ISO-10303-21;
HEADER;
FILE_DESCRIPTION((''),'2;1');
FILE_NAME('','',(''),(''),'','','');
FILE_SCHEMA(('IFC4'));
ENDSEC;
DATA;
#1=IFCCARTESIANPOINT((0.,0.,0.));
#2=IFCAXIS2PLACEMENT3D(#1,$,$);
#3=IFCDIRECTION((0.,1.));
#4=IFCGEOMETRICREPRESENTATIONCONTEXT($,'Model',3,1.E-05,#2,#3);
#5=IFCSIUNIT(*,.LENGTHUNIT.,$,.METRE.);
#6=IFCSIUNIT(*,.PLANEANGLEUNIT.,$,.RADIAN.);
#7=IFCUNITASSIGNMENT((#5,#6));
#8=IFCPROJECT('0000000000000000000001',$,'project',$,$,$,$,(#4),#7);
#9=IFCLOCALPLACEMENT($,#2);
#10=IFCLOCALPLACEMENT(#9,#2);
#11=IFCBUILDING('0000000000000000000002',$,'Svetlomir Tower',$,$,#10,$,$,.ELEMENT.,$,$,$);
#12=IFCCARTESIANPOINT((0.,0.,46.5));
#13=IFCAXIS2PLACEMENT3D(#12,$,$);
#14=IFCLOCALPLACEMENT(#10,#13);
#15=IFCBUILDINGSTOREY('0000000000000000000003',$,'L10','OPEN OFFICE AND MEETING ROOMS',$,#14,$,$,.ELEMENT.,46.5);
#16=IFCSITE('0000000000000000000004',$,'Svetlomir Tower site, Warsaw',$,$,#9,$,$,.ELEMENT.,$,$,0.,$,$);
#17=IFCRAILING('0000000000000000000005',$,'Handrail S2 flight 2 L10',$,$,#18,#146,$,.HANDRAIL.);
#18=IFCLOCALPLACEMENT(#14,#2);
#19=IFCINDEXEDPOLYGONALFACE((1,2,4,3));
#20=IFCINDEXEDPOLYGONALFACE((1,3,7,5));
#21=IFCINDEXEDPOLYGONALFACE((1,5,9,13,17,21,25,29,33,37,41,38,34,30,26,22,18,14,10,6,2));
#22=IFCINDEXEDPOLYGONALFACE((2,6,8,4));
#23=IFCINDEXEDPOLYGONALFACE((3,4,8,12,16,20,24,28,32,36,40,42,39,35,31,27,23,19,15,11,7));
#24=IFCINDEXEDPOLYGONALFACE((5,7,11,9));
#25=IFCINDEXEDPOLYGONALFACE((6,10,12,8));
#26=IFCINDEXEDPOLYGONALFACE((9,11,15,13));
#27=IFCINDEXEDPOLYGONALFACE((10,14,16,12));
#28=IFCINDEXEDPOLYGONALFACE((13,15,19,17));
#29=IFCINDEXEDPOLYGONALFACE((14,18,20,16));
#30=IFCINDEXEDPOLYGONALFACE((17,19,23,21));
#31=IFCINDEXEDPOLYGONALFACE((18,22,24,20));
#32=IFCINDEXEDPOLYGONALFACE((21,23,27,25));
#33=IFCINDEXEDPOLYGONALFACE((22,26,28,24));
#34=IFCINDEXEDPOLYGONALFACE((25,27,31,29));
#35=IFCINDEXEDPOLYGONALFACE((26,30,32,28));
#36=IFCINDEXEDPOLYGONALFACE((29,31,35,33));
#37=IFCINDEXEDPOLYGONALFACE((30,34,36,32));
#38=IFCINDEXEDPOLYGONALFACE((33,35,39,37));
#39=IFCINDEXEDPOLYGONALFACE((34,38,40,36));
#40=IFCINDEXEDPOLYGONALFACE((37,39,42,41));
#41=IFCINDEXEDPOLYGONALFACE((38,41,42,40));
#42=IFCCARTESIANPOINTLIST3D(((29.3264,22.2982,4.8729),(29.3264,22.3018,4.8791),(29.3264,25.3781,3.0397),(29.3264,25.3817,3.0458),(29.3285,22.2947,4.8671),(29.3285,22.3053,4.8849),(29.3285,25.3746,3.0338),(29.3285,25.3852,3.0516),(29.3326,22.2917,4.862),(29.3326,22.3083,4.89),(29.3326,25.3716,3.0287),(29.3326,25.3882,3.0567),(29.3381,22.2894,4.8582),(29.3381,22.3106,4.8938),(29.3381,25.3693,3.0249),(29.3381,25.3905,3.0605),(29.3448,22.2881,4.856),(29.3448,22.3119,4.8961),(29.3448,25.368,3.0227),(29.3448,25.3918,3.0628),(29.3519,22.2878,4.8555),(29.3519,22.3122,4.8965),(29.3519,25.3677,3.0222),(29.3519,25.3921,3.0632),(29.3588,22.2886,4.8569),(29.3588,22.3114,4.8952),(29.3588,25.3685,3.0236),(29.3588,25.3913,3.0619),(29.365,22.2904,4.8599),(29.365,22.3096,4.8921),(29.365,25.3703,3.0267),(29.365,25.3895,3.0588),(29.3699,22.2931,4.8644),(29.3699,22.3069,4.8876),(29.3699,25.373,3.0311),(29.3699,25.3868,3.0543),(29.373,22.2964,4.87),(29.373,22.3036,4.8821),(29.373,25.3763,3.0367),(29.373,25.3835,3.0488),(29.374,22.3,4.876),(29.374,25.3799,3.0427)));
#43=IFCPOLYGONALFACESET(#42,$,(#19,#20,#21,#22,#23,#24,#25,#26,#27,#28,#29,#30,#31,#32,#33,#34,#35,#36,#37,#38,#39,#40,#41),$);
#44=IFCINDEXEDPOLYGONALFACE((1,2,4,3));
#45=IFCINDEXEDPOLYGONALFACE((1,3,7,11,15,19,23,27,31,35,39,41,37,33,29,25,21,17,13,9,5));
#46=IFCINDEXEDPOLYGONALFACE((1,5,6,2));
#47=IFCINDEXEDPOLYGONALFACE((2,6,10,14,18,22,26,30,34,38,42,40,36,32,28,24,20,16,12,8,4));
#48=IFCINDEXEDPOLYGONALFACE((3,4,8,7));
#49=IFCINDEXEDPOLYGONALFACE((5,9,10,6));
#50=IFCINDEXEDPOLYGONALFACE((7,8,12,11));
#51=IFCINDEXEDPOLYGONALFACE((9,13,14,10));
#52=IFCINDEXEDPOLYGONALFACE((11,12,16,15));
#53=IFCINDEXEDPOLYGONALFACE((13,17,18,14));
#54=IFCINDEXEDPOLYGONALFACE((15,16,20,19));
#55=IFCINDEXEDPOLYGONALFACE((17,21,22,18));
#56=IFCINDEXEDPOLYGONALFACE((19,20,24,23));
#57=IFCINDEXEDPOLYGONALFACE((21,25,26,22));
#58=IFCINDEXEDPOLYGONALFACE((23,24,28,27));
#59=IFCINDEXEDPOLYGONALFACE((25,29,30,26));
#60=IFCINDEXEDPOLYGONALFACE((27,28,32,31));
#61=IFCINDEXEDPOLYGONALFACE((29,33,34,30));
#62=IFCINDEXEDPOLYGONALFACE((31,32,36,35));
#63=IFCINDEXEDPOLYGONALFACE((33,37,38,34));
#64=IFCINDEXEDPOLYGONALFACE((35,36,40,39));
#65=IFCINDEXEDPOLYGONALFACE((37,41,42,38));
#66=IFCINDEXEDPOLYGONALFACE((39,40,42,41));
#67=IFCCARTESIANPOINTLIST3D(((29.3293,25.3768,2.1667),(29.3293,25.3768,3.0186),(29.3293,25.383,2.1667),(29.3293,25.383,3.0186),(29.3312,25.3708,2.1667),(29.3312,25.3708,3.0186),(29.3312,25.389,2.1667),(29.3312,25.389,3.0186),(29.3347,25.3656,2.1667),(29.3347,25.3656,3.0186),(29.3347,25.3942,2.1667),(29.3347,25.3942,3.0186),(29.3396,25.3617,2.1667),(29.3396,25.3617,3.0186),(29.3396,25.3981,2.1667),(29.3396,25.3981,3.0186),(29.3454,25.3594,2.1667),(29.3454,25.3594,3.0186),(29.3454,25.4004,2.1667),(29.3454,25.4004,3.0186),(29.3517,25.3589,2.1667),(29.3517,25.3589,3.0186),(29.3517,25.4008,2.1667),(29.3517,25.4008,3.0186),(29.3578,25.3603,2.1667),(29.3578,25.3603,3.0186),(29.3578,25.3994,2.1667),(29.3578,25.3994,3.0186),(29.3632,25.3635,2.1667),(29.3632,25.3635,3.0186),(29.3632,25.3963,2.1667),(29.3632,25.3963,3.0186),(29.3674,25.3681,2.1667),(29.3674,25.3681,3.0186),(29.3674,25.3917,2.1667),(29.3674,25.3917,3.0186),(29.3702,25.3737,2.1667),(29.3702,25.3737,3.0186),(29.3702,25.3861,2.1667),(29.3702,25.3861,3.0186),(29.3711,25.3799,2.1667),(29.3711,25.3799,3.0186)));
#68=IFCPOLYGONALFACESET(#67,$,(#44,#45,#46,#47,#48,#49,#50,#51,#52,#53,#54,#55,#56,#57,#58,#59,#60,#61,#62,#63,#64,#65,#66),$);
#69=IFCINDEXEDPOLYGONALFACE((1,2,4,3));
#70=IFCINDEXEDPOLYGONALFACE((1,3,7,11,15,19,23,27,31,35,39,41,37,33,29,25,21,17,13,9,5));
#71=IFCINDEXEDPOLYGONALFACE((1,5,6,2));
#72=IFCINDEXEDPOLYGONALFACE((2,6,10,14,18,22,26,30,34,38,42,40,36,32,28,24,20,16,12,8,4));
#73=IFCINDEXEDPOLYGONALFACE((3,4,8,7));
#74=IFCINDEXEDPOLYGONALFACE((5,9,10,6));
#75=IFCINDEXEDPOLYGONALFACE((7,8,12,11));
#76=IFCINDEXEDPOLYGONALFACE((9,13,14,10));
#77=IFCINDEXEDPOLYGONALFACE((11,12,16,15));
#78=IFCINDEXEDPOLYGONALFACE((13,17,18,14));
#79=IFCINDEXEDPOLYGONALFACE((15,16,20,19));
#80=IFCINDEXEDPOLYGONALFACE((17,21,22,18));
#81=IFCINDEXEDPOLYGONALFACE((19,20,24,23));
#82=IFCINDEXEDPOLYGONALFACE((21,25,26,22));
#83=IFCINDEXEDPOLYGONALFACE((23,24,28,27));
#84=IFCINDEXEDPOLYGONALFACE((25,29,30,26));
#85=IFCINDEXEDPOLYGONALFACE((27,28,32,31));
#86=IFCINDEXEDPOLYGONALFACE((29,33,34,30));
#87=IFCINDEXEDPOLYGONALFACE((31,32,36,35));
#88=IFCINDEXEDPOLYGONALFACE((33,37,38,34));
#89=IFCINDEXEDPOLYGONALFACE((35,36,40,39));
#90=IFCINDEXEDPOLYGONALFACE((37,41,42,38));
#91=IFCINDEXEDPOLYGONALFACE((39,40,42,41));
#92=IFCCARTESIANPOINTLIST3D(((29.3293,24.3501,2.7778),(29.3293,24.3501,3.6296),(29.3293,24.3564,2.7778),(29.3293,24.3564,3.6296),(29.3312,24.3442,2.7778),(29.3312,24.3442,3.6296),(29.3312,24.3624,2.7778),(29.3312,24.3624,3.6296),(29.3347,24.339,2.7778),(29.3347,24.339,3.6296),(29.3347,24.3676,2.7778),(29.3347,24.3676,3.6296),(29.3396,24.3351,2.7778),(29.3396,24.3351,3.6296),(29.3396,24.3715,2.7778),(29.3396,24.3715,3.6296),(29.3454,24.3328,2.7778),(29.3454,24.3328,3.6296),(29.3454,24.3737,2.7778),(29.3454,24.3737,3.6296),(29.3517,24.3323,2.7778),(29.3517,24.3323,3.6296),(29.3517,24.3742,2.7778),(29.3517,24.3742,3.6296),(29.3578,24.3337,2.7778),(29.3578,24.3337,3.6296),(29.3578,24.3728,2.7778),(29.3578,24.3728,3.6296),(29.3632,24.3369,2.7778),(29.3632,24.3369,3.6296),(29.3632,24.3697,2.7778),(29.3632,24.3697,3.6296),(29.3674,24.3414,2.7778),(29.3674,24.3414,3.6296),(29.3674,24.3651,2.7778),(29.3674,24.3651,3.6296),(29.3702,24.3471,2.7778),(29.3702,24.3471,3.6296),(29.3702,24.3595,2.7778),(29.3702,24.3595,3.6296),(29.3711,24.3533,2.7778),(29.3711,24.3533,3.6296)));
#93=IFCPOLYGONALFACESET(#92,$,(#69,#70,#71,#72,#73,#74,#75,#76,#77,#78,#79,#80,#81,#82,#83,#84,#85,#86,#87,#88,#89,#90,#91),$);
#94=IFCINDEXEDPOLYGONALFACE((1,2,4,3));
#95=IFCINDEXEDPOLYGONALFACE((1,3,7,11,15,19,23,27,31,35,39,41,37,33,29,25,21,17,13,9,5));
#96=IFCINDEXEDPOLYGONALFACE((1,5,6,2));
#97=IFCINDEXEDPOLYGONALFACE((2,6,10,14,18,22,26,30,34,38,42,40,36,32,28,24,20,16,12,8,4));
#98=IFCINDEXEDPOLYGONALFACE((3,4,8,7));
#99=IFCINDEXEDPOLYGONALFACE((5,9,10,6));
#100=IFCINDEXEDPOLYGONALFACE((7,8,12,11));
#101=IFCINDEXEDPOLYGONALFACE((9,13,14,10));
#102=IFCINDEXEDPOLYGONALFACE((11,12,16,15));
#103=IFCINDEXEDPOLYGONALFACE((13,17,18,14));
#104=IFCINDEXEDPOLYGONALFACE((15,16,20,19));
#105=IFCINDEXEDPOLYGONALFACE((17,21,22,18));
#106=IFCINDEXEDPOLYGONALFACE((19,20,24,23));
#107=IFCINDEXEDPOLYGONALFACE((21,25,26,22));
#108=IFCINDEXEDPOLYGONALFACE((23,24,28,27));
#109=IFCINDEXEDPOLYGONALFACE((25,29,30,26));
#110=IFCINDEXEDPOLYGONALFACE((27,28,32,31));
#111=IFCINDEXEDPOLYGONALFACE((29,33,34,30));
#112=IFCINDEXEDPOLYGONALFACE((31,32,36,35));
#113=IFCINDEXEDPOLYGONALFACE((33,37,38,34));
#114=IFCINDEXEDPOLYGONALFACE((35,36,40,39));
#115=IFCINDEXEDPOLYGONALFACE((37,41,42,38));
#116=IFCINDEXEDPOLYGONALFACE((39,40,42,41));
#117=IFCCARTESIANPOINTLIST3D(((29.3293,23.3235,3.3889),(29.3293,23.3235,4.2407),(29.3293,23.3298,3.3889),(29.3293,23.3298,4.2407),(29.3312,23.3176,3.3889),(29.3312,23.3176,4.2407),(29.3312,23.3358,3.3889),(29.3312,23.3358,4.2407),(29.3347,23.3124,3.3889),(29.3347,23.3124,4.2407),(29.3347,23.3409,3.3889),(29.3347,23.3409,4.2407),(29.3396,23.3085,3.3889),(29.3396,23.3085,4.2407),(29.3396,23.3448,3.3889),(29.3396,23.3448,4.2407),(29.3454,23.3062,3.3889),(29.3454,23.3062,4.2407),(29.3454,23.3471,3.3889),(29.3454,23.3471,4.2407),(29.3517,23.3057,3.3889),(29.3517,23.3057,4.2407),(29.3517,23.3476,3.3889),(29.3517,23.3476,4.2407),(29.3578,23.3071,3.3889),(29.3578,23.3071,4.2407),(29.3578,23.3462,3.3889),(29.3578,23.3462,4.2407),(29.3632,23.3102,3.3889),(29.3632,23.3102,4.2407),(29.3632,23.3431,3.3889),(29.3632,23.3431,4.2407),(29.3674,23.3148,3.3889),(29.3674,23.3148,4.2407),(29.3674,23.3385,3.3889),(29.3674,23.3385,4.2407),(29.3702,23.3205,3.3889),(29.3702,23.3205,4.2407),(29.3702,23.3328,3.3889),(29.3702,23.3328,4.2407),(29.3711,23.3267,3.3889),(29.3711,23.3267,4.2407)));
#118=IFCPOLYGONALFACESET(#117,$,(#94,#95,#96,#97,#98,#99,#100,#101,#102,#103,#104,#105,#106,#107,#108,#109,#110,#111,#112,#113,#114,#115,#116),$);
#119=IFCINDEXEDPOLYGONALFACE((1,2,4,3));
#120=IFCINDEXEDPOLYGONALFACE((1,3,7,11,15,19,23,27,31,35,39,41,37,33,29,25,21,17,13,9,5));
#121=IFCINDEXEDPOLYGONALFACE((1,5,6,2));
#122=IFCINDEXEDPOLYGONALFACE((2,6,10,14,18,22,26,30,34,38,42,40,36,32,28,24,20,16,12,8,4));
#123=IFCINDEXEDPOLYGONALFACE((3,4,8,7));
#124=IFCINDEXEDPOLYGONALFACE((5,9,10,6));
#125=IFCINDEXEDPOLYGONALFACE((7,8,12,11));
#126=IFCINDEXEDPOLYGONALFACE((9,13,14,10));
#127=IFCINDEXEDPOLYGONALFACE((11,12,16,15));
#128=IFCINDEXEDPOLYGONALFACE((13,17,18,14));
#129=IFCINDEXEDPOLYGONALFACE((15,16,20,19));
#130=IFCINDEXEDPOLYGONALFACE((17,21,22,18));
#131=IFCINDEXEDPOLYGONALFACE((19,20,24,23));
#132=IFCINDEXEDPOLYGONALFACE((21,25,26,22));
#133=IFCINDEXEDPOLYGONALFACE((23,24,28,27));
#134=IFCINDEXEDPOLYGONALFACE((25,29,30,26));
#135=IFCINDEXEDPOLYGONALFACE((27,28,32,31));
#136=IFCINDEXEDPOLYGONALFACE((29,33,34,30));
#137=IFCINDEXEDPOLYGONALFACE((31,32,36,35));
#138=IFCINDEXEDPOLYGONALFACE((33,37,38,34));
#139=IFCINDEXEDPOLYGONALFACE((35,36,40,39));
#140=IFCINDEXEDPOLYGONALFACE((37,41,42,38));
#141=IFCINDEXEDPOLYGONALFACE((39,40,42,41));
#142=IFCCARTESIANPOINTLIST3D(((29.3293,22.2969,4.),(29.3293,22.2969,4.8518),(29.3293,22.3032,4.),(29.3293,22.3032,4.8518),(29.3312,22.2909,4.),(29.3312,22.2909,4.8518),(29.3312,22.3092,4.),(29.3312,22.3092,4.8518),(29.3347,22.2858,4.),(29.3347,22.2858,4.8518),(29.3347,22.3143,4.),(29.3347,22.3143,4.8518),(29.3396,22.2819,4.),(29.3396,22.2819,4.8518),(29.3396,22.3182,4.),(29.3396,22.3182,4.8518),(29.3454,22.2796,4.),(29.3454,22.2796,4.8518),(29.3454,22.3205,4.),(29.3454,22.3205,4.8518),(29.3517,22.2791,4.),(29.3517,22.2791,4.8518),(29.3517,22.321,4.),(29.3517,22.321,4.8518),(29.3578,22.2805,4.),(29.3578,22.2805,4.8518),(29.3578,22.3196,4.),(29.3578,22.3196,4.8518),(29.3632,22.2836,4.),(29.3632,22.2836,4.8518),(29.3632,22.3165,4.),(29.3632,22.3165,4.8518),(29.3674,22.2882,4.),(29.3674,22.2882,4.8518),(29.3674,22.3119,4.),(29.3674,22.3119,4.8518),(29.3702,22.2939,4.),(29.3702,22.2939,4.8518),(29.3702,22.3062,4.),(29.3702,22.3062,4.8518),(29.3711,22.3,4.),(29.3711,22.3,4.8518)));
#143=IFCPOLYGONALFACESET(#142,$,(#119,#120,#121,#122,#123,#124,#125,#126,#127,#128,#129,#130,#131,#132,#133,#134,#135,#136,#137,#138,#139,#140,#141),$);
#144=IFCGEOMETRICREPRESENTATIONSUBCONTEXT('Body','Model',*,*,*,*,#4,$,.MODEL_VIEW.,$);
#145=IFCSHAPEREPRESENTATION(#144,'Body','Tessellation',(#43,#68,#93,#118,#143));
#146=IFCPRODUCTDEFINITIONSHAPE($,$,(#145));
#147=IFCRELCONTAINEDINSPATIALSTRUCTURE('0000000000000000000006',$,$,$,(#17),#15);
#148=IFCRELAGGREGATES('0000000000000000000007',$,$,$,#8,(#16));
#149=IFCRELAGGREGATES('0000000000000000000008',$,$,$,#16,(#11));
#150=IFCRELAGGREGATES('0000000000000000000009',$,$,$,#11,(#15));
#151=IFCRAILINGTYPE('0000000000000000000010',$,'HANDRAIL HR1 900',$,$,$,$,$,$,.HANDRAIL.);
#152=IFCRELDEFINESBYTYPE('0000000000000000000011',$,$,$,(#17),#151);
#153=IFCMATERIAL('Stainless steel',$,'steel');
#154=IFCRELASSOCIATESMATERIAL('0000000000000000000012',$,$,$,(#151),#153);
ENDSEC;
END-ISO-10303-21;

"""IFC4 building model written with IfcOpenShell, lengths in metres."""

from ifc_helpers import new_model, si_unit, direction, frame, origin, origin_2d, place, context, subcontext, project, spatial, circle, extrude, material, type_object, element, save


model = new_model("IFC4")

# Units and contexts
model_context = context("Model", 3, precision=1e-05, world=origin(), true_north=direction((0.0, 1.0)))
body_context = subcontext(model_context, "Body", "Model", "MODEL_VIEW")
ifc_project = project(units=[si_unit("LENGTHUNIT", "METRE"), si_unit("PLANEANGLEUNIT", "RADIAN")], contexts=[model_context])

# Site, building, storey
site_placement = place(None, origin())
site = spatial("IfcSite", under=ifc_project, at=site_placement, Name="Svetlomir Tower site, Warsaw", CompositionType="ELEMENT", RefElevation=0.0)
building_placement = place(site_placement, origin())
building = spatial("IfcBuilding", under=site, at=building_placement, Name="Svetlomir Tower", CompositionType="ELEMENT")
storey_placement = place(building_placement, frame((0.0, 0.0, 46.5)))
storey = spatial("IfcBuildingStorey", under=building, at=storey_placement, Name="L10", Description="OPEN OFFICE AND MEETING ROOMS", CompositionType="ELEMENT", Elevation=46.5)

# Railing
ifc_material_1 = material(Name="Stainless steel", Category="steel")
railing_type = type_object("IfcRailingType", Name="HANDRAIL HR1 900", PredefinedType="HANDRAIL", material=ifc_material_1)
railing_1_placement = place(storey_placement, frame((29.3501, 25.3799, 2.1667)))
element("IfcRailing", 1, at=railing_1_placement, inside=storey, type_object=railing_type, Name="Handrail S2 flight 2 L10", PredefinedType="HANDRAIL", context=body_context, shape_type="SweptSolid", body=[
    extrude(circle(Radius=0.0239, at=origin_2d()), frame((0.0, 0.0, 0.876), z_axis=(0.0, -0.859291, 0.511487), x_axis=(1.0, 0.0, 0.0)), (0.0, 0.0, 1.0), 3.5842),
    extrude(circle(Radius=0.021, at=origin_2d()), origin(), (0.0, 0.0, 1.0), 0.8518),
    extrude(circle(Radius=0.021, at=origin_2d()), frame((0.0, -1.0266, 0.6111)), (0.0, 0.0, 1.0), 0.8518),
    extrude(circle(Radius=0.021, at=origin_2d()), frame((0.0, -2.0532, 1.2222)), (0.0, 0.0, 1.0), 0.8518),
    extrude(circle(Radius=0.021, at=origin_2d()), frame((0.0, -3.0798, 1.8333)), (0.0, 0.0, 1.0), 0.8518),
])

save(model, "model.ifc")
